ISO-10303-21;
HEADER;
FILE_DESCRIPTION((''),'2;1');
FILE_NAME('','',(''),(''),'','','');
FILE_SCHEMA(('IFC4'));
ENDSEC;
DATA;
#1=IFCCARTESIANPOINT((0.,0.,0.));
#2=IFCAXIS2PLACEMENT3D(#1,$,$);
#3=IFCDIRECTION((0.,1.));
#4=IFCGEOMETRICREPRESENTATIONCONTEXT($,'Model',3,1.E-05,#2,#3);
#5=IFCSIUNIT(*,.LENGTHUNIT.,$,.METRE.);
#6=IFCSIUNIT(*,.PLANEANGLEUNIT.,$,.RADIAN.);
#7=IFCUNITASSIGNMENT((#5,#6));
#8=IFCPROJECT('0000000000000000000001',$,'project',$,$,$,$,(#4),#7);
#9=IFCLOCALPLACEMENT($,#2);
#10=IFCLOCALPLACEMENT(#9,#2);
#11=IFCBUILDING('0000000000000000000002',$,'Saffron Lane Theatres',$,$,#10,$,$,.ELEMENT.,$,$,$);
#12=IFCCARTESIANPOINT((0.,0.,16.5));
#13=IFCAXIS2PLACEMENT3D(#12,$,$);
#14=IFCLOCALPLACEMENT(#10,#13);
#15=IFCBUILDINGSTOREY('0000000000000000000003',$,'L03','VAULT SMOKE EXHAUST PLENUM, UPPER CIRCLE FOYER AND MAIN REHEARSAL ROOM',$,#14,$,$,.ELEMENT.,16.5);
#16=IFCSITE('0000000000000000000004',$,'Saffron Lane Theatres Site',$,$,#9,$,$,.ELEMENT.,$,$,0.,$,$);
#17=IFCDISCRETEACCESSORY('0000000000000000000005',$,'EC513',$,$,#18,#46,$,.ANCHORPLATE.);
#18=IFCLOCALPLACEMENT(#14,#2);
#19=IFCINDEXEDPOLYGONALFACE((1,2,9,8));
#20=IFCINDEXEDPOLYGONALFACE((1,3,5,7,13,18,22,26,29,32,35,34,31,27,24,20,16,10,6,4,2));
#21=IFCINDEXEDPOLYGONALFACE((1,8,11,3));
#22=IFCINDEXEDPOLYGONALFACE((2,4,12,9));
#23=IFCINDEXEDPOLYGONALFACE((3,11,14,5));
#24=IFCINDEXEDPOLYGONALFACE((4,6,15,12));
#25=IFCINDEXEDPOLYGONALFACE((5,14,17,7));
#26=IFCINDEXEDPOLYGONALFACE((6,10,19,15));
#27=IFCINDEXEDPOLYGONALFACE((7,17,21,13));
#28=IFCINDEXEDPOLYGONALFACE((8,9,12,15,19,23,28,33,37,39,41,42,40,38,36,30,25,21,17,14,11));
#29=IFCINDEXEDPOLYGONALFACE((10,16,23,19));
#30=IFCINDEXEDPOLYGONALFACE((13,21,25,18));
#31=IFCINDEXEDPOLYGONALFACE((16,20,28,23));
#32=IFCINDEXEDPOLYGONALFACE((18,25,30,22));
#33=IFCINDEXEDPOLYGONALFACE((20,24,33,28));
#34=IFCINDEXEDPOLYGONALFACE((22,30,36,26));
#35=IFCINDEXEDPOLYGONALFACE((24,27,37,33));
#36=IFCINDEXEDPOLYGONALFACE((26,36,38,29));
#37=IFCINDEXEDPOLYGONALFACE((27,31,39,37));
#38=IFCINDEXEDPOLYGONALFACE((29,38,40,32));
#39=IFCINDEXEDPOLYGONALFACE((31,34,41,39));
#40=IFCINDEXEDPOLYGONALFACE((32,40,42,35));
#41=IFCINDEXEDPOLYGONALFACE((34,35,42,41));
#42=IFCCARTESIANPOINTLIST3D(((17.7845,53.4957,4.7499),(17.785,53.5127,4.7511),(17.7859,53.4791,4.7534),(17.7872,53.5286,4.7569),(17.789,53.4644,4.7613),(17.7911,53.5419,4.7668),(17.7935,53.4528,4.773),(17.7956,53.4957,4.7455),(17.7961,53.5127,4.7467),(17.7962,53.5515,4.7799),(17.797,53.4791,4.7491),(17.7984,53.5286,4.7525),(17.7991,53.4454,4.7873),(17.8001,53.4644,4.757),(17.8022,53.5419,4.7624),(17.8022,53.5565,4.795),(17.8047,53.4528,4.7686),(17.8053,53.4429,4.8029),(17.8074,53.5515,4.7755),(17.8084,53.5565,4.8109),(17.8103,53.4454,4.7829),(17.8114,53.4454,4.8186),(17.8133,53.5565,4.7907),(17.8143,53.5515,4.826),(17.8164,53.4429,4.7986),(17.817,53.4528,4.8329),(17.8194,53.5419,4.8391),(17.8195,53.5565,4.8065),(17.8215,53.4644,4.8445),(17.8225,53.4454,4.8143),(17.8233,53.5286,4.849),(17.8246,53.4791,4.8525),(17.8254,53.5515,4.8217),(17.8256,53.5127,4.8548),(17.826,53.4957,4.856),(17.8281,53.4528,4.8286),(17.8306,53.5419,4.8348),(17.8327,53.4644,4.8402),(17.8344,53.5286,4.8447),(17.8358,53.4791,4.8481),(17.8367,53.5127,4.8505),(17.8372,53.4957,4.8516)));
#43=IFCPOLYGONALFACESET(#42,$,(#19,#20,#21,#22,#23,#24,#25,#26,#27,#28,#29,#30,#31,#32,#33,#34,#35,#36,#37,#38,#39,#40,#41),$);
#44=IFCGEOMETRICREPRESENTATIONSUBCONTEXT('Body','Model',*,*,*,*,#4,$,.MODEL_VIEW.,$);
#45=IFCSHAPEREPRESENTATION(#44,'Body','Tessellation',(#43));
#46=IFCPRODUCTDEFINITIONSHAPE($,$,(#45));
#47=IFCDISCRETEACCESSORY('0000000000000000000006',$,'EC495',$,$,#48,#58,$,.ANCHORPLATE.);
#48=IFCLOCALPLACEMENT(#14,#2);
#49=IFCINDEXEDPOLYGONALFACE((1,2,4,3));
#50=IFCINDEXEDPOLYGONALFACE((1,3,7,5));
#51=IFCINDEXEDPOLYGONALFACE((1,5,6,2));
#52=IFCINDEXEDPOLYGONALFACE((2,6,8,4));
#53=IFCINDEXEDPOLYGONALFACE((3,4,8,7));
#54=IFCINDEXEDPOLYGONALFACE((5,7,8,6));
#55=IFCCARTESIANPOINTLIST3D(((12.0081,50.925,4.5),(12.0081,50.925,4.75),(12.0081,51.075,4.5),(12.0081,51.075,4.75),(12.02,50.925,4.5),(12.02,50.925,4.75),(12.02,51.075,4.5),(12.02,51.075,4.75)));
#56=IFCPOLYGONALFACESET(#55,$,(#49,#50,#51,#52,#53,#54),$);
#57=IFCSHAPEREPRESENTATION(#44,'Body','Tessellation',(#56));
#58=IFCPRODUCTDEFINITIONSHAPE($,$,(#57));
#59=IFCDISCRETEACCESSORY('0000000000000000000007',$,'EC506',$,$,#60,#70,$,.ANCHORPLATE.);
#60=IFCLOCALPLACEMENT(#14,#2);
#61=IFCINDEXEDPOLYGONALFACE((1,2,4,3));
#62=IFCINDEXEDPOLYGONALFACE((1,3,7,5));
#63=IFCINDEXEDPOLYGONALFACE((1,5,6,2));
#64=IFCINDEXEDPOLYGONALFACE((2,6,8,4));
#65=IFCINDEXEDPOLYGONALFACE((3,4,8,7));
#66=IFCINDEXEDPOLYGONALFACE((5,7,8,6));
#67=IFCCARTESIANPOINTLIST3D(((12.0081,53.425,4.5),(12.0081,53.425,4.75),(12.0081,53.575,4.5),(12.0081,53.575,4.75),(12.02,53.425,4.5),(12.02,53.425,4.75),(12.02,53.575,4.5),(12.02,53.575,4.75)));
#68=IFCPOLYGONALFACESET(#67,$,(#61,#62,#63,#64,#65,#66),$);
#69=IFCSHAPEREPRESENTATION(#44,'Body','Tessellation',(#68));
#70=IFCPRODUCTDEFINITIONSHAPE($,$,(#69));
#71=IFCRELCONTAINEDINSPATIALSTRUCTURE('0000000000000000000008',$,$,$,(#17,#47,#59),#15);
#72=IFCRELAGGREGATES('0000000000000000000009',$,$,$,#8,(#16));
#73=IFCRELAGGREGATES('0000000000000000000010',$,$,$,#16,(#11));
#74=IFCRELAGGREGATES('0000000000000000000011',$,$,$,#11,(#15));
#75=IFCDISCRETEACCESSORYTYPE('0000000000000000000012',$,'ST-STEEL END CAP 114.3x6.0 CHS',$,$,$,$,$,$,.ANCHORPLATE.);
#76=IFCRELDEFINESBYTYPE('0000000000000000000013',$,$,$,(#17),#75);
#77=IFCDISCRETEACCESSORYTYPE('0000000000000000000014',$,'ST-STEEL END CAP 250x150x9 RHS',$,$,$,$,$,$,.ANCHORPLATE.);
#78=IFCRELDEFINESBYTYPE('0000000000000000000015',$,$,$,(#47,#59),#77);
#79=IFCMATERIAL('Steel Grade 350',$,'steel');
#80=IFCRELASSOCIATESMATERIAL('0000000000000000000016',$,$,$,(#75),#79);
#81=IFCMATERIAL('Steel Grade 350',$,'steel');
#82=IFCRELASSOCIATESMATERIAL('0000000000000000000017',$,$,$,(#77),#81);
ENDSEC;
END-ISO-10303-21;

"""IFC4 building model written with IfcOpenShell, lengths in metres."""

from ifc_helpers import new_model, si_unit, direction, frame, origin, origin_2d, place, context, subcontext, project, spatial, rectangle, circle, extrude, material, material_profile, profile_set, type_object, element, save


model = new_model("IFC4")

# Units and contexts
model_context = context("Model", 3, precision=1e-05, world=origin(), true_north=direction((0.0, 1.0)))
body_context = subcontext(model_context, "Body", "Model", "MODEL_VIEW")
ifc_project = project(units=[si_unit("LENGTHUNIT", "METRE"), si_unit("PLANEANGLEUNIT", "RADIAN")], contexts=[model_context])

# Site, building, storey
site_placement = place(None, origin())
site = spatial("IfcSite", under=ifc_project, at=site_placement, Name="Saffron Lane Theatres Site", CompositionType="ELEMENT", RefElevation=0.0)
building_placement = place(site_placement, origin())
building = spatial("IfcBuilding", under=site, at=building_placement, Name="Saffron Lane Theatres", CompositionType="ELEMENT")
storey_placement = place(building_placement, frame((0.0, 0.0, 16.5)))
storey = spatial("IfcBuildingStorey", under=building, at=storey_placement, Name="L03", Description="VAULT SMOKE EXHAUST PLENUM, UPPER CIRCLE FOYER AND MAIN REHEARSAL ROOM", CompositionType="ELEMENT", Elevation=16.5)

# Discrete accessories
ifc_material_1 = material(Name="Steel Grade 350", Category="steel")
ifc_material_profile_1 = material_profile(ifc_material_1, circle(Radius=0.0571, at=origin_2d()))
ifc_profile_set_1 = profile_set([ifc_material_profile_1], Name="Steel Grade 350")
discrete_accessory_type_1 = type_object("IfcDiscreteAccessoryType", Name="ST-STEEL END CAP 114.3x6.0 CHS", PredefinedType="ANCHORPLATE", material=ifc_profile_set_1)
for number, where, z_axis, x_axis, name in (
    (1, (17.8164, 53.5, 4.7986), (-0.931243, 0.0, 0.364399), (0.0, -1.0, 0.0), "EC513"),
):
    element("IfcDiscreteAccessory", number, at=place(storey_placement, frame(where, z_axis=z_axis, x_axis=x_axis)), inside=storey, type_object=discrete_accessory_type_1, Name=name, PredefinedType="ANCHORPLATE", context=body_context, shape_type="SweptSolid", body=[
        extrude(circle(Radius=0.0571, at=origin_2d()), origin(), (0.0, 0.0, 1.0), 0.012),
    ])
ifc_material_2 = material(Name="Steel Grade 350", Category="steel")
ifc_material_profile_2 = material_profile(ifc_material_2, rectangle(XDim=0.1499, YDim=0.25, at=origin_2d()))
ifc_profile_set_2 = profile_set([ifc_material_profile_2], Name="Steel Grade 350")
discrete_accessory_type_2 = type_object("IfcDiscreteAccessoryType", Name="ST-STEEL END CAP 250x150x9 RHS", PredefinedType="ANCHORPLATE", material=ifc_profile_set_2)
for number, where, z_axis, x_axis, name in (
    (2, (12.0081, 51.0, 4.625), (1.0, 0.0, 0.0), (0.0, 1.0, 0.0), "EC495"),
    (3, (12.0081, 53.5, 4.625), (1.0, 0.0, 0.0), (0.0, 1.0, 0.0), "EC506"),
):
    element("IfcDiscreteAccessory", number, at=place(storey_placement, frame(where, z_axis=z_axis, x_axis=x_axis)), inside=storey, type_object=discrete_accessory_type_2, Name=name, PredefinedType="ANCHORPLATE", context=body_context, shape_type="SweptSolid", body=[
        extrude(rectangle(XDim=0.1499, YDim=0.25, at=origin_2d()), origin(), (0.0, 0.0, 1.0), 0.012),
    ])

save(model, "model.ifc")
